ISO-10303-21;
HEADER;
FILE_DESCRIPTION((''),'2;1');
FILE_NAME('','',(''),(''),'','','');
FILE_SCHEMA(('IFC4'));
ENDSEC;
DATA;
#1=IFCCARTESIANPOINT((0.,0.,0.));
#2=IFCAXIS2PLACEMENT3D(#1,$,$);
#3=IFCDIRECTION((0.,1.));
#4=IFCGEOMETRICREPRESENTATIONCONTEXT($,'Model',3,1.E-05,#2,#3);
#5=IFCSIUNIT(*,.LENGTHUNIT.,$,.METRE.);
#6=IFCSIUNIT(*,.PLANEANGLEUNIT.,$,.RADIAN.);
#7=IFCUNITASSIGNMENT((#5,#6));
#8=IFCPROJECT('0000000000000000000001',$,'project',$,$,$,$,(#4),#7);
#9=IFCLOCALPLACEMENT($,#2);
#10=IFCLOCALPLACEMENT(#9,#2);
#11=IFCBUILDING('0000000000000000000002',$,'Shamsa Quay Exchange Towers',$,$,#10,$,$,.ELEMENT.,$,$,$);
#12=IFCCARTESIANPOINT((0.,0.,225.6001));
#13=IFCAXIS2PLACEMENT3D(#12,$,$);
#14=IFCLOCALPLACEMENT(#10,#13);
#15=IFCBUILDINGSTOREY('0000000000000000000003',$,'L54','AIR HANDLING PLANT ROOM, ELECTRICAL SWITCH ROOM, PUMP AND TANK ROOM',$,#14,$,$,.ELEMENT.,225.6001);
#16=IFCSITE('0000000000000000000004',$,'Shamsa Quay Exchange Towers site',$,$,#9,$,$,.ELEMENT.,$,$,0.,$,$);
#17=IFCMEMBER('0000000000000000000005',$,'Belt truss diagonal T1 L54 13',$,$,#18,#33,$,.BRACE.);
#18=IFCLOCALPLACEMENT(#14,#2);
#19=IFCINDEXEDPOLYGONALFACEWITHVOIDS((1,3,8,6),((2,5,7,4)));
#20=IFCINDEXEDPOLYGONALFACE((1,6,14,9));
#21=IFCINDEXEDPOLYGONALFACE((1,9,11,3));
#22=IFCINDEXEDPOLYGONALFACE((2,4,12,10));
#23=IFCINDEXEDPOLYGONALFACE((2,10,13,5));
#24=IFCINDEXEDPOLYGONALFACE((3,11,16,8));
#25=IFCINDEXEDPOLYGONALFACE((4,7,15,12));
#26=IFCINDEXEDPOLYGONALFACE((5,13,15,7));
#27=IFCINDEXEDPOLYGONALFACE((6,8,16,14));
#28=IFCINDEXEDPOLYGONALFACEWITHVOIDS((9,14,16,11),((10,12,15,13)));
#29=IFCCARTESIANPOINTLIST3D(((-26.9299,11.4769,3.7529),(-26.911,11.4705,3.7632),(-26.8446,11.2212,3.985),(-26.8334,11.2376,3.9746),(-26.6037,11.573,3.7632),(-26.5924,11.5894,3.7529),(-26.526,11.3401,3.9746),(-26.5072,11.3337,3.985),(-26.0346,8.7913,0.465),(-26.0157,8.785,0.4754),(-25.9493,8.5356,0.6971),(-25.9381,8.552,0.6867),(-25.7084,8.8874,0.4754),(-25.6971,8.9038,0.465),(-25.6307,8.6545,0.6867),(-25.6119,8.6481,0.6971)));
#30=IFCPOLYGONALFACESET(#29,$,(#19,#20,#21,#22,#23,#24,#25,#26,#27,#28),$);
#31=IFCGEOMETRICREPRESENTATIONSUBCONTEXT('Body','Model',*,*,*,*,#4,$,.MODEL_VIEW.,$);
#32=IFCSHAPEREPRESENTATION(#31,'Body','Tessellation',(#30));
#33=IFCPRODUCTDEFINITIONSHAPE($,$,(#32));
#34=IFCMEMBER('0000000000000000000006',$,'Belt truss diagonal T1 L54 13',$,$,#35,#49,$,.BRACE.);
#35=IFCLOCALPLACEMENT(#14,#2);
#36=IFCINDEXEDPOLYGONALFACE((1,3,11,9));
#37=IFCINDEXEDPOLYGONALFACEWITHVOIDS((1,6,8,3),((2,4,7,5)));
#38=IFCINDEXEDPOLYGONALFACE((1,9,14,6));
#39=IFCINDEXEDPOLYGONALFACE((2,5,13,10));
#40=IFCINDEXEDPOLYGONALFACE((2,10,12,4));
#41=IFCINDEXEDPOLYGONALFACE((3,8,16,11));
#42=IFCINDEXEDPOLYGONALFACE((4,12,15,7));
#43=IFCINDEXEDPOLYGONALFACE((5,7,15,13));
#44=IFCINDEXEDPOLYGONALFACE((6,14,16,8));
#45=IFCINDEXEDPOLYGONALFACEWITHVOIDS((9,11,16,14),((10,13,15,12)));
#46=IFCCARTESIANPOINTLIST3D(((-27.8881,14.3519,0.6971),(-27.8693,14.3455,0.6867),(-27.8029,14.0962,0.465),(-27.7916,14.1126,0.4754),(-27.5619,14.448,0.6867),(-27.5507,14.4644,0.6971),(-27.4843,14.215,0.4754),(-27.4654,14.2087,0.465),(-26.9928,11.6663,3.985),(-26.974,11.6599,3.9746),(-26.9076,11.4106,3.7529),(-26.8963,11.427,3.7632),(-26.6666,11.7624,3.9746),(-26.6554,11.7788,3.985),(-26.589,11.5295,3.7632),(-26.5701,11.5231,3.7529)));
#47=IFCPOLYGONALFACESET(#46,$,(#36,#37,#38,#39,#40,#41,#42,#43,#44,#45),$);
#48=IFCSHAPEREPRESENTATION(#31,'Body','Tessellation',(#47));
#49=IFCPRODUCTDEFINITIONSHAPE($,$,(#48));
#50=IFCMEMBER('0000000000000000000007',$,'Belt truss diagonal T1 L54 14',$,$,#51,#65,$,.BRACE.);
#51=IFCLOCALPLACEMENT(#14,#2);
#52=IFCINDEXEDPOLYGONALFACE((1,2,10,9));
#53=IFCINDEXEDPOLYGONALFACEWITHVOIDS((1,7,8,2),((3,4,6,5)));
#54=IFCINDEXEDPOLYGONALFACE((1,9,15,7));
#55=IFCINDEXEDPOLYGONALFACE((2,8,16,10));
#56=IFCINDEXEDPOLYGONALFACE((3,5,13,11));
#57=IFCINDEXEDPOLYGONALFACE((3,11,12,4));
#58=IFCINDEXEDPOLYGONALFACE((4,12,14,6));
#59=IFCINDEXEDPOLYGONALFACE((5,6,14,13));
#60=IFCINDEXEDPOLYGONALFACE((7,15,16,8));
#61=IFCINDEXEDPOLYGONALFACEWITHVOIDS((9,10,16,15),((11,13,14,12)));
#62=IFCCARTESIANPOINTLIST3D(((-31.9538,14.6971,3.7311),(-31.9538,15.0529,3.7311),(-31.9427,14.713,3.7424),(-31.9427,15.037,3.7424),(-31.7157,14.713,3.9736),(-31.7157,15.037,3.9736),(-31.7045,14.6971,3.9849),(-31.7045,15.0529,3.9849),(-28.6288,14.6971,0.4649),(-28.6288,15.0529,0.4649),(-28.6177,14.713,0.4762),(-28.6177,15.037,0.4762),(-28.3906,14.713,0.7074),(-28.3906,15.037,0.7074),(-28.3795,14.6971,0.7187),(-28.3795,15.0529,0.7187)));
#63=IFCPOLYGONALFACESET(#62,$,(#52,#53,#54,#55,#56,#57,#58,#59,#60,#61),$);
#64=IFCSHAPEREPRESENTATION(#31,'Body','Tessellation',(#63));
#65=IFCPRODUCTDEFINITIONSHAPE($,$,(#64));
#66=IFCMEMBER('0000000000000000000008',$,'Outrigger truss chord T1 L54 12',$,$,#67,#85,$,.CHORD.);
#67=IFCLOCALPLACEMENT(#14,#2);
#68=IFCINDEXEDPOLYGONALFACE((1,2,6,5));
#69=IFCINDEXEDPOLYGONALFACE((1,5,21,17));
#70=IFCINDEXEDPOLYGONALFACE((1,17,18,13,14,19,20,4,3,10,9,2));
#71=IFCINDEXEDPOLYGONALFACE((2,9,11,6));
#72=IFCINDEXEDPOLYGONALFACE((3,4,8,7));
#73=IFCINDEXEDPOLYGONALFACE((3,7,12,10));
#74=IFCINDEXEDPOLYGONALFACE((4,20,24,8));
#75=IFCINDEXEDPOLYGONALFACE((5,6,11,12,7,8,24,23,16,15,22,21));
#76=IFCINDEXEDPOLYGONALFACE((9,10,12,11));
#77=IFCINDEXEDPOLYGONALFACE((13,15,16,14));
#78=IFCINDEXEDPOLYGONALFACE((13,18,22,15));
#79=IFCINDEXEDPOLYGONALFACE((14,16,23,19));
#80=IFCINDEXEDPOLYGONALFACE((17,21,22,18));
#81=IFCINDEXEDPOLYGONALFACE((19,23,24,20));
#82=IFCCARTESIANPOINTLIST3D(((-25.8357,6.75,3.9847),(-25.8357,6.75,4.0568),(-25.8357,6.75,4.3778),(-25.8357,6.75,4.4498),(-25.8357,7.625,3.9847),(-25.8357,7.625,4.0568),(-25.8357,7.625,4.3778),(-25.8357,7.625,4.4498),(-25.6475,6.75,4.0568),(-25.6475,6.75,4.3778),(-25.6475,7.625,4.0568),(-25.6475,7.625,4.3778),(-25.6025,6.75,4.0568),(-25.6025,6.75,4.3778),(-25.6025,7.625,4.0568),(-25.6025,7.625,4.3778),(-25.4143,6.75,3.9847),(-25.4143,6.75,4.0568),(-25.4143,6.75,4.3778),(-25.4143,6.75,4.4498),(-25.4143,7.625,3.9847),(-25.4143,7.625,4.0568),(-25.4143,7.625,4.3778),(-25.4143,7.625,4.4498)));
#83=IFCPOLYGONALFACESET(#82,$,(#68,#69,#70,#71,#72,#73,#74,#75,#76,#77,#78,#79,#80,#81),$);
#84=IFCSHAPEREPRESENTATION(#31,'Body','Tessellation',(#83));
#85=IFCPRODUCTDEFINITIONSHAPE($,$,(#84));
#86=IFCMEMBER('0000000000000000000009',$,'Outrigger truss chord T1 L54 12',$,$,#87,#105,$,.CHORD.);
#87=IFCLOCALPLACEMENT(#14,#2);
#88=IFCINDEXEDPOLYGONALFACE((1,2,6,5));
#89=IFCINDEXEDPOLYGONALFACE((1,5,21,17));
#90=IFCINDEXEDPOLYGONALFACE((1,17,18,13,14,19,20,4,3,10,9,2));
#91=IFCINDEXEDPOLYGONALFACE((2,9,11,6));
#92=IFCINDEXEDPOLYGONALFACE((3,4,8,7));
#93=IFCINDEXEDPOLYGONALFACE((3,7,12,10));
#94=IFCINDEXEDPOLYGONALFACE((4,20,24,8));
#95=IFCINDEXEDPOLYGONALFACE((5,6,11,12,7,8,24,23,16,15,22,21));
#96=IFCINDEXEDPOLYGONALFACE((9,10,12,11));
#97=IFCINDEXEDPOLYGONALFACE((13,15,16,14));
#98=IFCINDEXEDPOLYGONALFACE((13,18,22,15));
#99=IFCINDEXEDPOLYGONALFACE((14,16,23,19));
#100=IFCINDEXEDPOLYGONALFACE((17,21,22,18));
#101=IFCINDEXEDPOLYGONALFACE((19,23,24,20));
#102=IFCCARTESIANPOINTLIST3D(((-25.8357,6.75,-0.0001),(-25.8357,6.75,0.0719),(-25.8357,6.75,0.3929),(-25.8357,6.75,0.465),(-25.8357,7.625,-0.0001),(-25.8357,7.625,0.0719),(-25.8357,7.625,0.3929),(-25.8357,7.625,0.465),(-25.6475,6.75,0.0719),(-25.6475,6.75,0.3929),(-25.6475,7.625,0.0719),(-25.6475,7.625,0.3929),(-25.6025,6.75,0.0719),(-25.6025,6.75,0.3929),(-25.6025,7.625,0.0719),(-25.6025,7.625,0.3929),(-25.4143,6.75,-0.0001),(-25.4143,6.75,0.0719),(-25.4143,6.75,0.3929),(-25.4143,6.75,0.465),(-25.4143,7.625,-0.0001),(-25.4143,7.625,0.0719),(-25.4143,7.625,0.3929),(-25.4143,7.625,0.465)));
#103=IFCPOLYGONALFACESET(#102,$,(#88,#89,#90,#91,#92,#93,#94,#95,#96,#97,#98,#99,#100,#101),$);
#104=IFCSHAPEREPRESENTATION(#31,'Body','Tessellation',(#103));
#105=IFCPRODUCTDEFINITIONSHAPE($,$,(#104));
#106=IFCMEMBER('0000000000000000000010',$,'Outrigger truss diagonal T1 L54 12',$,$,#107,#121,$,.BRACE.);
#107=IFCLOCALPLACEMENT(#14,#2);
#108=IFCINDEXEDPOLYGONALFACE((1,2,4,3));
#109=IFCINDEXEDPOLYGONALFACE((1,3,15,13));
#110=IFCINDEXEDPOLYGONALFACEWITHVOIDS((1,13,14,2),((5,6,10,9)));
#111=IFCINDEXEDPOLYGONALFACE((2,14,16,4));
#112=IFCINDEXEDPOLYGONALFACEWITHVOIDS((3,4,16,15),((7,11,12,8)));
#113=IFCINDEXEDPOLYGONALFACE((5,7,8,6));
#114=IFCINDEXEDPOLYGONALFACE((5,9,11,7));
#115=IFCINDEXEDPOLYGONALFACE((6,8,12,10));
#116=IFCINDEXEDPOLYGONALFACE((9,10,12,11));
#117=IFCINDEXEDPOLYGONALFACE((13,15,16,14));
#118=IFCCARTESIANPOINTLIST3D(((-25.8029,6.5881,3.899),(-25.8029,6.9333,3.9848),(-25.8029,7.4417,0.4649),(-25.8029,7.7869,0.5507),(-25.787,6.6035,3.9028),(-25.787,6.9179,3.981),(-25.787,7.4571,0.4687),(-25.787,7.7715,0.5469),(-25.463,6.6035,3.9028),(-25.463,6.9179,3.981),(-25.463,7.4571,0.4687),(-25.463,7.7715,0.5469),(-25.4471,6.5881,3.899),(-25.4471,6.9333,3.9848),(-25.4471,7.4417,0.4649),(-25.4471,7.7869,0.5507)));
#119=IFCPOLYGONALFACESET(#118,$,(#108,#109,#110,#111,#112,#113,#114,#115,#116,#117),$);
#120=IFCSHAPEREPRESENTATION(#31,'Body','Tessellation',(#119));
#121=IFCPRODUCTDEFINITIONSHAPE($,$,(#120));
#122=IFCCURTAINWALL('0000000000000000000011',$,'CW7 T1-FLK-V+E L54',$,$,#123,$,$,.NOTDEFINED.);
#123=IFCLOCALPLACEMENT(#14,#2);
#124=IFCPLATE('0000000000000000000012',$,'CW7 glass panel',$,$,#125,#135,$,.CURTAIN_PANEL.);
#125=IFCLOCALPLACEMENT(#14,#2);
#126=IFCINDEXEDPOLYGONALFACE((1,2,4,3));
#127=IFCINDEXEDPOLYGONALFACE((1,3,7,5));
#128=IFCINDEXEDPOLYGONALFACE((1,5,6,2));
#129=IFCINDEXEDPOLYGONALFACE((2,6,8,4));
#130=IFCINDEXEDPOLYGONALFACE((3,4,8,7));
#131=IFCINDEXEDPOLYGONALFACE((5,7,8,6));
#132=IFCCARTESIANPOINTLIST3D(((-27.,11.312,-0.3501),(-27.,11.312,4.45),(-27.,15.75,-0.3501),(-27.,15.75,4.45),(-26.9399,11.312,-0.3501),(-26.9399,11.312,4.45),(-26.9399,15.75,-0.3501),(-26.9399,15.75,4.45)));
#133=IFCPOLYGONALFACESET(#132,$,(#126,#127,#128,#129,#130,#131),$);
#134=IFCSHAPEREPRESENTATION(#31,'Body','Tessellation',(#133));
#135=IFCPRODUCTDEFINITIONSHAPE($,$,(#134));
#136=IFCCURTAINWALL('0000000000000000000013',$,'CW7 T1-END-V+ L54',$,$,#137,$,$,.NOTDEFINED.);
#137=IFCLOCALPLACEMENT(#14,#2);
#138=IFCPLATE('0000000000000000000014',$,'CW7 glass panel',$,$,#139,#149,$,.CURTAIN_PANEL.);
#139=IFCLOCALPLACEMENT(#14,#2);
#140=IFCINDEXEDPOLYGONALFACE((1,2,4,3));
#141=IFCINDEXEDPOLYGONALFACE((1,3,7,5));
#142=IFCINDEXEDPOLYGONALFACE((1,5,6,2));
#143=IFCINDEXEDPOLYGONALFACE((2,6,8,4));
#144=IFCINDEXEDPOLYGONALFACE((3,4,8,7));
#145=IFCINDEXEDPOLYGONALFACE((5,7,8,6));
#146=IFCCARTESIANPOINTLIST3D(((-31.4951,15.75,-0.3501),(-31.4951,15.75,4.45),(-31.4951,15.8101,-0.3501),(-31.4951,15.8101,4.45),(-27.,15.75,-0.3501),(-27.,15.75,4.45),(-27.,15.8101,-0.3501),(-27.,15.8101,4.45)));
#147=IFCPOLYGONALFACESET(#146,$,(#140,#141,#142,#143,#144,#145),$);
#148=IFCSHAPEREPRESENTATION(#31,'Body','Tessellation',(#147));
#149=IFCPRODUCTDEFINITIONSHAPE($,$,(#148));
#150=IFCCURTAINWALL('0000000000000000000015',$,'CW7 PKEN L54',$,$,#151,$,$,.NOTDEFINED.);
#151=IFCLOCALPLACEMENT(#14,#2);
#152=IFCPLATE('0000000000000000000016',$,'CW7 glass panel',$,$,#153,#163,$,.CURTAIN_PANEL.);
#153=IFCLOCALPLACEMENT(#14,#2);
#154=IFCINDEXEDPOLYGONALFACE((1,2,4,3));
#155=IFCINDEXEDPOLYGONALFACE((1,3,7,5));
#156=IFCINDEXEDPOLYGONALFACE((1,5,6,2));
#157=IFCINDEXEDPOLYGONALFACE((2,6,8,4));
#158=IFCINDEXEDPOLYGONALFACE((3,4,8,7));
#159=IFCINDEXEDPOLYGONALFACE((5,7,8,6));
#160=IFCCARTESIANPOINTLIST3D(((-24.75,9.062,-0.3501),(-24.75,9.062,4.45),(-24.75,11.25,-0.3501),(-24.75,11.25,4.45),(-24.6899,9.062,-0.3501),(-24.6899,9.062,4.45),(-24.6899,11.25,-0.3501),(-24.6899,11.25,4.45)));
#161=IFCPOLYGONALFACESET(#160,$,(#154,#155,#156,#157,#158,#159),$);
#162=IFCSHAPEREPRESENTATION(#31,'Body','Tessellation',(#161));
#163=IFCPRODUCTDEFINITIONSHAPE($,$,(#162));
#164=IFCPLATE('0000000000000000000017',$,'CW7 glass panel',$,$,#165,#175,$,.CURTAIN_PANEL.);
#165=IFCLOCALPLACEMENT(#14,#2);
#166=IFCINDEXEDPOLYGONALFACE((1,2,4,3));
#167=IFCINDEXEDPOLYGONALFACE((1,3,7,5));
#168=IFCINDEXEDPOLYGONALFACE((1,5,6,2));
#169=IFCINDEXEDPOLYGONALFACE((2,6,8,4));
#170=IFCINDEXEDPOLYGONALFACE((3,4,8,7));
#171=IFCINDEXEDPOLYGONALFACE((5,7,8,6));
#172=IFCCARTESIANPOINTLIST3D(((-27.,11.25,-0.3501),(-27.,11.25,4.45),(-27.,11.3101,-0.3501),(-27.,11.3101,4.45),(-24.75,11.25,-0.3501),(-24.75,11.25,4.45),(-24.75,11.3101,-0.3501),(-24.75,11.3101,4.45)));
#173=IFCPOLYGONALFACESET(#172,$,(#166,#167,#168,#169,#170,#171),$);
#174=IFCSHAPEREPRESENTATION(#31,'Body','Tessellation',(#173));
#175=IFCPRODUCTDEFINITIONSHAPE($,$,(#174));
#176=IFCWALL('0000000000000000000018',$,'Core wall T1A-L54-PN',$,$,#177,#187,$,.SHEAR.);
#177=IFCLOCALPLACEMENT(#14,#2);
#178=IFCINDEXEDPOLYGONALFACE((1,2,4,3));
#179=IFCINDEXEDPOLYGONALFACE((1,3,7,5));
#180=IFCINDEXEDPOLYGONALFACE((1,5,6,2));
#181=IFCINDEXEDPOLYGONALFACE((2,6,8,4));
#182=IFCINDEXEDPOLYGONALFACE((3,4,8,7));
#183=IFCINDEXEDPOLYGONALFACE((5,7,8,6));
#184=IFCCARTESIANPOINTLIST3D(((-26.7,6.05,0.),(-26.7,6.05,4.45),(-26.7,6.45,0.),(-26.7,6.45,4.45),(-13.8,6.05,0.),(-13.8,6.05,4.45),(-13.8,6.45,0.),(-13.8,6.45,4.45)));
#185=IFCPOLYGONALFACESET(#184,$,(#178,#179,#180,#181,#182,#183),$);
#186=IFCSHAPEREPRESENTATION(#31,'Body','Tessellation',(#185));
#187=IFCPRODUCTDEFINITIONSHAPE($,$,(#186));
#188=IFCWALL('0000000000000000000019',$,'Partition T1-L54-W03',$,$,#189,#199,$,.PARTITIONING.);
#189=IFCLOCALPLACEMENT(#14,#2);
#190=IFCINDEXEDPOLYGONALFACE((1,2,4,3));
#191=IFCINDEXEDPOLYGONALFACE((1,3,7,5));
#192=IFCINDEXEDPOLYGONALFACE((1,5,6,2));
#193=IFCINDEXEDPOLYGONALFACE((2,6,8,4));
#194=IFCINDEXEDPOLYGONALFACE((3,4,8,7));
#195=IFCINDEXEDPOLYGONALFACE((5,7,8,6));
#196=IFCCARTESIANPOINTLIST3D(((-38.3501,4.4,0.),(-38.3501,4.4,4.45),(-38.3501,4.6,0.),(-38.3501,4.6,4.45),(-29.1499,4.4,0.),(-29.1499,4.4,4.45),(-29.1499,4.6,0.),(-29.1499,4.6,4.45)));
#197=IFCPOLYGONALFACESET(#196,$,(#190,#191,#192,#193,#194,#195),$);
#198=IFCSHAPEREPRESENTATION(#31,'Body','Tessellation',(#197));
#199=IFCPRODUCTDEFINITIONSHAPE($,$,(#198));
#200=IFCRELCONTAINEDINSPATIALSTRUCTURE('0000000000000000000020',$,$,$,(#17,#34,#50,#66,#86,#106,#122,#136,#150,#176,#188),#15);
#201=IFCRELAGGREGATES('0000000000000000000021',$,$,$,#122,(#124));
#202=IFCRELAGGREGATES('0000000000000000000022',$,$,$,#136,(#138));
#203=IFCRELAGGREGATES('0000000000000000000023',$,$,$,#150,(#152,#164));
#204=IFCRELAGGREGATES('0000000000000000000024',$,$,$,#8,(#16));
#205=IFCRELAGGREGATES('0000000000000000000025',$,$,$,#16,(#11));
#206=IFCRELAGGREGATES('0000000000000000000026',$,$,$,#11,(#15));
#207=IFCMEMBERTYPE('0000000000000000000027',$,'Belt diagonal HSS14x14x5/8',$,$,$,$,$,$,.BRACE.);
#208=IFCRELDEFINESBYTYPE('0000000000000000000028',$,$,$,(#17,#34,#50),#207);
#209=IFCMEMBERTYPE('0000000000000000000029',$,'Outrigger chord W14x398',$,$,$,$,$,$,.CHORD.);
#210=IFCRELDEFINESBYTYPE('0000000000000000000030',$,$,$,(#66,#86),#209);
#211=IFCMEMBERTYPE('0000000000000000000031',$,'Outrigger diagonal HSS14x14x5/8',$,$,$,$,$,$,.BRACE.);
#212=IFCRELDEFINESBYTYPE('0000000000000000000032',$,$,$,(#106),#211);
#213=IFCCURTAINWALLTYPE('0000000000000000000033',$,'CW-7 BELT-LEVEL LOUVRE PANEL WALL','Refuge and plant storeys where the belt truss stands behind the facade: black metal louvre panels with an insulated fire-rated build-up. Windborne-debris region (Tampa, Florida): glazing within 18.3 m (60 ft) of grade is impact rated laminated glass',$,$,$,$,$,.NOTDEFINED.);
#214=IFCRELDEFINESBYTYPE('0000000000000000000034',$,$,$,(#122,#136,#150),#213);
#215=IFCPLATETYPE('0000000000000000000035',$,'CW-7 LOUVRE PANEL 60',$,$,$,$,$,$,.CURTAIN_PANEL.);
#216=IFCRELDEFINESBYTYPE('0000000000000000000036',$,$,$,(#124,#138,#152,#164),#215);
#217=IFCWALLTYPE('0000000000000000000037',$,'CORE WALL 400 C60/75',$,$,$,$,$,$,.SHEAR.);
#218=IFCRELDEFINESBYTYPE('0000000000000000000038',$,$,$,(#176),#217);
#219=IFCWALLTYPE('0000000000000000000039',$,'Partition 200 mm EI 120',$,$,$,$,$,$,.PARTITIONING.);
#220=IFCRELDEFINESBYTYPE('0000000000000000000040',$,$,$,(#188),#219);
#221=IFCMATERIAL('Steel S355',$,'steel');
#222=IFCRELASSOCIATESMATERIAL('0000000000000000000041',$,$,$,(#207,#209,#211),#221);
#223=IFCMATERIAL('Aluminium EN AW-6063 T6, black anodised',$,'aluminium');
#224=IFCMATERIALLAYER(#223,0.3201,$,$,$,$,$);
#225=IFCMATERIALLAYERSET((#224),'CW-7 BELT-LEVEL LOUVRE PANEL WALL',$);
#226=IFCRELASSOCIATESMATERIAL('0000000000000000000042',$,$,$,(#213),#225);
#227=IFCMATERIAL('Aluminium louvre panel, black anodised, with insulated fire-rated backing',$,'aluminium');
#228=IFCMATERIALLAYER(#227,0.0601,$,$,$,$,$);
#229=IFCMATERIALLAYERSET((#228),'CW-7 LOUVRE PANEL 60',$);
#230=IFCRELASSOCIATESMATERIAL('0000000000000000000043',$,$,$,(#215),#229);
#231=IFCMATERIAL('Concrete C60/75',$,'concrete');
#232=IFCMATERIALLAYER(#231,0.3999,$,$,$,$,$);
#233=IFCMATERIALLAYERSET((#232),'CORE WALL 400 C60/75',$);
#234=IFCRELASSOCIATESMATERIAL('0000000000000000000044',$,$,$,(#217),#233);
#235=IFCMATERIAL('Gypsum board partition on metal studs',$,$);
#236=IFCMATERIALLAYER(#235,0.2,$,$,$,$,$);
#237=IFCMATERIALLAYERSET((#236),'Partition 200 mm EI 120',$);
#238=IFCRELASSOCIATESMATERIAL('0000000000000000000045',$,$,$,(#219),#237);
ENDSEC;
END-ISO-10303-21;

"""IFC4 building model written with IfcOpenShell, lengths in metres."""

from ifc_helpers import new_model, si_unit, direction, frame, frame_2d, origin, origin_2d, place, context, subcontext, project, spatial, rectangle, hollow_rectangle, i_section, extrude, material, layer, layer_set, material_profile, profile_set, type_object, element, aggregate, save


model = new_model("IFC4")

# Units and contexts
model_context = context("Model", 3, precision=1e-05, world=origin(), true_north=direction((0.0, 1.0)))
body_context = subcontext(model_context, "Body", "Model", "MODEL_VIEW")
ifc_project = project(units=[si_unit("LENGTHUNIT", "METRE"), si_unit("PLANEANGLEUNIT", "RADIAN")], contexts=[model_context])

# Site, building, storey
site_placement = place(None, origin())
site = spatial("IfcSite", under=ifc_project, at=site_placement, Name="Shamsa Quay Exchange Towers site", CompositionType="ELEMENT", RefElevation=0.0)
building_placement = place(site_placement, origin())
building = spatial("IfcBuilding", under=site, at=building_placement, Name="Shamsa Quay Exchange Towers", CompositionType="ELEMENT")
storey_placement = place(building_placement, frame((0.0, 0.0, 225.6001)))
storey = spatial("IfcBuildingStorey", under=building, at=storey_placement, Name="L54", Description="AIR HANDLING PLANT ROOM, ELECTRICAL SWITCH ROOM, PUMP AND TANK ROOM", CompositionType="ELEMENT", Elevation=225.6001)

# Members
ifc_material_1 = material(Name="Steel S355", Category="steel")
ifc_material_profile_1 = material_profile(ifc_material_1, hollow_rectangle(XDim=0.3557, YDim=0.3557, WallThickness=0.0159, at=origin_2d()), Name="HSS14x14x5/8")
ifc_profile_set_1 = profile_set([ifc_material_profile_1], Name="Steel S355")
member_type_1 = type_object("IfcMemberType", Name="Belt diagonal HSS14x14x5/8", PredefinedType="BRACE", material=ifc_profile_set_1)
for number, where, z_axis, x_axis, name in (
    (1, (-25.8232, 8.7197, 0.5811), (-0.206348, 0.618987, 0.757809), (-0.948675, -0.316254, 0.0), "Belt truss diagonal T1 L54 13"),
    (2, (-27.6768, 14.2803, 0.5811), (0.206348, -0.618987, 0.757809), (0.948675, 0.316254, 0.0), "Belt truss diagonal T1 L54 13"),
):
    element("IfcMember", number, at=place(storey_placement, frame(where, z_axis=z_axis, x_axis=x_axis)), inside=storey, type_object=member_type_1, Name=name, PredefinedType="BRACE", context=body_context, shape_type="SweptSolid", body=[
        extrude(hollow_rectangle(XDim=0.3557, YDim=0.3557, WallThickness=0.0159, at=origin_2d()), origin(), (0.0, 0.0, 1.0), 4.3386),
    ])
member_1_placement = place(storey_placement, frame((-28.5042, 14.875, 0.5918), z_axis=(-0.713391, 0.0, 0.700767), x_axis=(0.0, -1.0, 0.0)))
element("IfcMember", 3, at=member_1_placement, inside=storey, type_object=member_type_1, Name="Belt truss diagonal T1 L54 14", PredefinedType="BRACE", context=body_context, shape_type="SweptSolid", body=[
    extrude(hollow_rectangle(XDim=0.3557, YDim=0.3557, WallThickness=0.0159, at=origin_2d()), origin(), (0.0, 0.0, 1.0), 4.6609),
])
ifc_material_profile_2 = material_profile(ifc_material_1, i_section(OverallWidth=0.4214, OverallDepth=0.4651, WebThickness=0.0449, FlangeThickness=0.072, at=origin_2d()), Name="W14x398")
ifc_profile_set_2 = profile_set([ifc_material_profile_2], Name="Steel S355")
member_type_2 = type_object("IfcMemberType", Name="Outrigger chord W14x398", PredefinedType="CHORD", material=ifc_profile_set_2)
for number, where, z_axis, x_axis, name in (
    (4, (-25.625, 7.625, 4.2173), (0.0, -1.0, 0.0), (1.0, 0.0, 0.0), "Outrigger truss chord T1 L54 12"),
    (5, (-25.625, 7.625, 0.2324), (0.0, -1.0, 0.0), (1.0, 0.0, 0.0), "Outrigger truss chord T1 L54 12"),
):
    element("IfcMember", number, at=place(storey_placement, frame(where, z_axis=z_axis, x_axis=x_axis)), inside=storey, type_object=member_type_2, Name=name, PredefinedType="CHORD", context=body_context, shape_type="SweptSolid", body=[
        extrude(i_section(OverallWidth=0.4214, OverallDepth=0.4651, WebThickness=0.0449, FlangeThickness=0.072, at=origin_2d()), origin(), (0.0, 0.0, 1.0), 0.875),
    ])
ifc_material_profile_3 = material_profile(ifc_material_1, hollow_rectangle(XDim=0.3557, YDim=0.3557, WallThickness=0.0159, at=origin_2d()), Name="HSS14x14x5/8")
ifc_profile_set_3 = profile_set([ifc_material_profile_3], Name="Steel S355")
member_type_3 = type_object("IfcMemberType", Name="Outrigger diagonal HSS14x14x5/8", PredefinedType="BRACE", material=ifc_profile_set_3)
member_2_placement = place(storey_placement, frame((-25.625, 7.6143, 0.5078), z_axis=(0.0, -0.241204, 0.970474), x_axis=(1.0, 0.0, 0.0)))
element("IfcMember", 6, at=member_2_placement, inside=storey, type_object=member_type_3, Name="Outrigger truss diagonal T1 L54 12", PredefinedType="BRACE", context=body_context, shape_type="SweptSolid", body=[
    extrude(hollow_rectangle(XDim=0.3557, YDim=0.3557, WallThickness=0.0159, at=origin_2d()), origin(), (0.0, 0.0, 1.0), 3.5386),
])

# Curtain walls, plates
ifc_material_2 = material(Name="Aluminium EN AW-6063 T6, black anodised", Category="aluminium")
ifc_layer_1 = layer(ifc_material_2, 0.3201)
ifc_layer_set_1 = layer_set([ifc_layer_1], Name="CW-7 BELT-LEVEL LOUVRE PANEL WALL")
curtain_wall_type = type_object("IfcCurtainWallType", Name="CW-7 BELT-LEVEL LOUVRE PANEL WALL", Description="Refuge and plant storeys where the belt truss stands behind the facade: black metal louvre panels with an insulated fire-rated build-up. Windborne-debris region (Tampa, Florida): glazing within 18.3 m (60 ft) of grade is impact rated laminated glass", PredefinedType="NOTDEFINED", material=ifc_layer_set_1)
curtain_wall_1_placement = place(storey_placement, origin())
curtain_wall_1 = element("IfcCurtainWall", 7, at=curtain_wall_1_placement, inside=storey, type_object=curtain_wall_type, Name="CW7 T1-FLK-V+E L54", PredefinedType="NOTDEFINED")
ifc_material_3 = material(Name="Aluminium louvre panel, black anodised, with insulated fire-rated backing", Category="aluminium")
ifc_layer_2 = layer(ifc_material_3, 0.0601)
ifc_layer_set_2 = layer_set([ifc_layer_2], Name="CW-7 LOUVRE PANEL 60")
plate_type = type_object("IfcPlateType", Name="CW-7 LOUVRE PANEL 60", PredefinedType="CURTAIN_PANEL", material=ifc_layer_set_2)
plate_1_placement = place(storey_placement, frame((-26.97, 13.531, -0.3501), z_axis=(0.0, 0.0, 1.0), x_axis=(0.0, 1.0, 0.0)))
plate_1 = element("IfcPlate", 8, at=plate_1_placement, type_object=plate_type, Name="CW7 glass panel", PredefinedType="CURTAIN_PANEL", context=body_context, shape_type="SweptSolid", body=[
    extrude(rectangle(XDim=4.438, YDim=0.0601, at=origin_2d()), origin(), (0.0, 0.0, 1.0), 4.8),
])
aggregate(curtain_wall_1, [plate_1])
curtain_wall_2_placement = place(storey_placement, origin())
curtain_wall_2 = element("IfcCurtainWall", 9, at=curtain_wall_2_placement, inside=storey, type_object=curtain_wall_type, Name="CW7 T1-END-V+ L54", PredefinedType="NOTDEFINED")
plate_2_placement = place(storey_placement, frame((-29.2476, 15.78, -0.3501), z_axis=(0.0, 0.0, 1.0), x_axis=(-1.0, 0.0, 0.0)))
plate_2 = element("IfcPlate", 10, at=plate_2_placement, type_object=plate_type, Name="CW7 glass panel", PredefinedType="CURTAIN_PANEL", context=body_context, shape_type="SweptSolid", body=[
    extrude(rectangle(XDim=4.4951, YDim=0.0601, at=origin_2d()), origin(), (0.0, 0.0, 1.0), 4.8),
])
aggregate(curtain_wall_2, [plate_2])

# Curtain wall, plates
curtain_wall_3_placement = place(storey_placement, origin())
curtain_wall_3 = element("IfcCurtainWall", 11, at=curtain_wall_3_placement, inside=storey, type_object=curtain_wall_type, Name="CW7 PKEN L54", PredefinedType="NOTDEFINED")
plate_3_placement = place(storey_placement, frame((-24.72, 10.156, -0.3501), z_axis=(0.0, 0.0, 1.0), x_axis=(0.0, 1.0, 0.0)))
plate_3 = element("IfcPlate", 12, at=plate_3_placement, type_object=plate_type, Name="CW7 glass panel", PredefinedType="CURTAIN_PANEL", context=body_context, shape_type="SweptSolid", body=[
    extrude(rectangle(XDim=2.188, YDim=0.0601, at=origin_2d()), origin(), (0.0, 0.0, 1.0), 4.8),
])
plate_4_placement = place(storey_placement, frame((-25.875, 11.28, -0.3501), z_axis=(0.0, 0.0, 1.0), x_axis=(-1.0, 0.0, 0.0)))
plate_4 = element("IfcPlate", 13, at=plate_4_placement, type_object=plate_type, Name="CW7 glass panel", PredefinedType="CURTAIN_PANEL", context=body_context, shape_type="SweptSolid", body=[
    extrude(rectangle(XDim=2.25, YDim=0.0601, at=origin_2d()), origin(), (0.0, 0.0, 1.0), 4.8),
])
aggregate(curtain_wall_3, [plate_3, plate_4])

# Wall
ifc_material_4 = material(Name="Concrete C60/75", Category="concrete")
ifc_layer_3 = layer(ifc_material_4, 0.3999)
ifc_layer_set_3 = layer_set([ifc_layer_3], Name="CORE WALL 400 C60/75")
wall_type_1 = type_object("IfcWallType", Name="CORE WALL 400 C60/75", PredefinedType="SHEAR", material=ifc_layer_set_3)
wall_1_placement = place(storey_placement, frame((-26.7, 6.25, 0.0)))
element("IfcWall", 14, at=wall_1_placement, inside=storey, type_object=wall_type_1, Name="Core wall T1A-L54-PN", PredefinedType="SHEAR", context=body_context, shape_type="SweptSolid", body=[
    extrude(rectangle(XDim=12.8999, YDim=0.3999, at=frame_2d((6.45, 0.0))), origin(), (0.0, 0.0, 1.0), 4.45),
])

# Wall
ifc_material_5 = material(Name="Gypsum board partition on metal studs")
ifc_layer_4 = layer(ifc_material_5, 0.2)
ifc_layer_set_4 = layer_set([ifc_layer_4], Name="Partition 200 mm EI 120")
wall_type_2 = type_object("IfcWallType", Name="Partition 200 mm EI 120", PredefinedType="PARTITIONING", material=ifc_layer_set_4)
wall_2_placement = place(storey_placement, frame((-29.1499, 4.5, 0.0), z_axis=(0.0, 0.0, 1.0), x_axis=(-1.0, 0.0, 0.0)))
element("IfcWall", 15, at=wall_2_placement, inside=storey, type_object=wall_type_2, Name="Partition T1-L54-W03", PredefinedType="PARTITIONING", context=body_context, shape_type="SweptSolid", body=[
    extrude(rectangle(XDim=9.2002, YDim=0.2, at=frame_2d((4.6001, 0.0))), origin(), (0.0, 0.0, 1.0), 4.45),
])

save(model, "model.ifc")
